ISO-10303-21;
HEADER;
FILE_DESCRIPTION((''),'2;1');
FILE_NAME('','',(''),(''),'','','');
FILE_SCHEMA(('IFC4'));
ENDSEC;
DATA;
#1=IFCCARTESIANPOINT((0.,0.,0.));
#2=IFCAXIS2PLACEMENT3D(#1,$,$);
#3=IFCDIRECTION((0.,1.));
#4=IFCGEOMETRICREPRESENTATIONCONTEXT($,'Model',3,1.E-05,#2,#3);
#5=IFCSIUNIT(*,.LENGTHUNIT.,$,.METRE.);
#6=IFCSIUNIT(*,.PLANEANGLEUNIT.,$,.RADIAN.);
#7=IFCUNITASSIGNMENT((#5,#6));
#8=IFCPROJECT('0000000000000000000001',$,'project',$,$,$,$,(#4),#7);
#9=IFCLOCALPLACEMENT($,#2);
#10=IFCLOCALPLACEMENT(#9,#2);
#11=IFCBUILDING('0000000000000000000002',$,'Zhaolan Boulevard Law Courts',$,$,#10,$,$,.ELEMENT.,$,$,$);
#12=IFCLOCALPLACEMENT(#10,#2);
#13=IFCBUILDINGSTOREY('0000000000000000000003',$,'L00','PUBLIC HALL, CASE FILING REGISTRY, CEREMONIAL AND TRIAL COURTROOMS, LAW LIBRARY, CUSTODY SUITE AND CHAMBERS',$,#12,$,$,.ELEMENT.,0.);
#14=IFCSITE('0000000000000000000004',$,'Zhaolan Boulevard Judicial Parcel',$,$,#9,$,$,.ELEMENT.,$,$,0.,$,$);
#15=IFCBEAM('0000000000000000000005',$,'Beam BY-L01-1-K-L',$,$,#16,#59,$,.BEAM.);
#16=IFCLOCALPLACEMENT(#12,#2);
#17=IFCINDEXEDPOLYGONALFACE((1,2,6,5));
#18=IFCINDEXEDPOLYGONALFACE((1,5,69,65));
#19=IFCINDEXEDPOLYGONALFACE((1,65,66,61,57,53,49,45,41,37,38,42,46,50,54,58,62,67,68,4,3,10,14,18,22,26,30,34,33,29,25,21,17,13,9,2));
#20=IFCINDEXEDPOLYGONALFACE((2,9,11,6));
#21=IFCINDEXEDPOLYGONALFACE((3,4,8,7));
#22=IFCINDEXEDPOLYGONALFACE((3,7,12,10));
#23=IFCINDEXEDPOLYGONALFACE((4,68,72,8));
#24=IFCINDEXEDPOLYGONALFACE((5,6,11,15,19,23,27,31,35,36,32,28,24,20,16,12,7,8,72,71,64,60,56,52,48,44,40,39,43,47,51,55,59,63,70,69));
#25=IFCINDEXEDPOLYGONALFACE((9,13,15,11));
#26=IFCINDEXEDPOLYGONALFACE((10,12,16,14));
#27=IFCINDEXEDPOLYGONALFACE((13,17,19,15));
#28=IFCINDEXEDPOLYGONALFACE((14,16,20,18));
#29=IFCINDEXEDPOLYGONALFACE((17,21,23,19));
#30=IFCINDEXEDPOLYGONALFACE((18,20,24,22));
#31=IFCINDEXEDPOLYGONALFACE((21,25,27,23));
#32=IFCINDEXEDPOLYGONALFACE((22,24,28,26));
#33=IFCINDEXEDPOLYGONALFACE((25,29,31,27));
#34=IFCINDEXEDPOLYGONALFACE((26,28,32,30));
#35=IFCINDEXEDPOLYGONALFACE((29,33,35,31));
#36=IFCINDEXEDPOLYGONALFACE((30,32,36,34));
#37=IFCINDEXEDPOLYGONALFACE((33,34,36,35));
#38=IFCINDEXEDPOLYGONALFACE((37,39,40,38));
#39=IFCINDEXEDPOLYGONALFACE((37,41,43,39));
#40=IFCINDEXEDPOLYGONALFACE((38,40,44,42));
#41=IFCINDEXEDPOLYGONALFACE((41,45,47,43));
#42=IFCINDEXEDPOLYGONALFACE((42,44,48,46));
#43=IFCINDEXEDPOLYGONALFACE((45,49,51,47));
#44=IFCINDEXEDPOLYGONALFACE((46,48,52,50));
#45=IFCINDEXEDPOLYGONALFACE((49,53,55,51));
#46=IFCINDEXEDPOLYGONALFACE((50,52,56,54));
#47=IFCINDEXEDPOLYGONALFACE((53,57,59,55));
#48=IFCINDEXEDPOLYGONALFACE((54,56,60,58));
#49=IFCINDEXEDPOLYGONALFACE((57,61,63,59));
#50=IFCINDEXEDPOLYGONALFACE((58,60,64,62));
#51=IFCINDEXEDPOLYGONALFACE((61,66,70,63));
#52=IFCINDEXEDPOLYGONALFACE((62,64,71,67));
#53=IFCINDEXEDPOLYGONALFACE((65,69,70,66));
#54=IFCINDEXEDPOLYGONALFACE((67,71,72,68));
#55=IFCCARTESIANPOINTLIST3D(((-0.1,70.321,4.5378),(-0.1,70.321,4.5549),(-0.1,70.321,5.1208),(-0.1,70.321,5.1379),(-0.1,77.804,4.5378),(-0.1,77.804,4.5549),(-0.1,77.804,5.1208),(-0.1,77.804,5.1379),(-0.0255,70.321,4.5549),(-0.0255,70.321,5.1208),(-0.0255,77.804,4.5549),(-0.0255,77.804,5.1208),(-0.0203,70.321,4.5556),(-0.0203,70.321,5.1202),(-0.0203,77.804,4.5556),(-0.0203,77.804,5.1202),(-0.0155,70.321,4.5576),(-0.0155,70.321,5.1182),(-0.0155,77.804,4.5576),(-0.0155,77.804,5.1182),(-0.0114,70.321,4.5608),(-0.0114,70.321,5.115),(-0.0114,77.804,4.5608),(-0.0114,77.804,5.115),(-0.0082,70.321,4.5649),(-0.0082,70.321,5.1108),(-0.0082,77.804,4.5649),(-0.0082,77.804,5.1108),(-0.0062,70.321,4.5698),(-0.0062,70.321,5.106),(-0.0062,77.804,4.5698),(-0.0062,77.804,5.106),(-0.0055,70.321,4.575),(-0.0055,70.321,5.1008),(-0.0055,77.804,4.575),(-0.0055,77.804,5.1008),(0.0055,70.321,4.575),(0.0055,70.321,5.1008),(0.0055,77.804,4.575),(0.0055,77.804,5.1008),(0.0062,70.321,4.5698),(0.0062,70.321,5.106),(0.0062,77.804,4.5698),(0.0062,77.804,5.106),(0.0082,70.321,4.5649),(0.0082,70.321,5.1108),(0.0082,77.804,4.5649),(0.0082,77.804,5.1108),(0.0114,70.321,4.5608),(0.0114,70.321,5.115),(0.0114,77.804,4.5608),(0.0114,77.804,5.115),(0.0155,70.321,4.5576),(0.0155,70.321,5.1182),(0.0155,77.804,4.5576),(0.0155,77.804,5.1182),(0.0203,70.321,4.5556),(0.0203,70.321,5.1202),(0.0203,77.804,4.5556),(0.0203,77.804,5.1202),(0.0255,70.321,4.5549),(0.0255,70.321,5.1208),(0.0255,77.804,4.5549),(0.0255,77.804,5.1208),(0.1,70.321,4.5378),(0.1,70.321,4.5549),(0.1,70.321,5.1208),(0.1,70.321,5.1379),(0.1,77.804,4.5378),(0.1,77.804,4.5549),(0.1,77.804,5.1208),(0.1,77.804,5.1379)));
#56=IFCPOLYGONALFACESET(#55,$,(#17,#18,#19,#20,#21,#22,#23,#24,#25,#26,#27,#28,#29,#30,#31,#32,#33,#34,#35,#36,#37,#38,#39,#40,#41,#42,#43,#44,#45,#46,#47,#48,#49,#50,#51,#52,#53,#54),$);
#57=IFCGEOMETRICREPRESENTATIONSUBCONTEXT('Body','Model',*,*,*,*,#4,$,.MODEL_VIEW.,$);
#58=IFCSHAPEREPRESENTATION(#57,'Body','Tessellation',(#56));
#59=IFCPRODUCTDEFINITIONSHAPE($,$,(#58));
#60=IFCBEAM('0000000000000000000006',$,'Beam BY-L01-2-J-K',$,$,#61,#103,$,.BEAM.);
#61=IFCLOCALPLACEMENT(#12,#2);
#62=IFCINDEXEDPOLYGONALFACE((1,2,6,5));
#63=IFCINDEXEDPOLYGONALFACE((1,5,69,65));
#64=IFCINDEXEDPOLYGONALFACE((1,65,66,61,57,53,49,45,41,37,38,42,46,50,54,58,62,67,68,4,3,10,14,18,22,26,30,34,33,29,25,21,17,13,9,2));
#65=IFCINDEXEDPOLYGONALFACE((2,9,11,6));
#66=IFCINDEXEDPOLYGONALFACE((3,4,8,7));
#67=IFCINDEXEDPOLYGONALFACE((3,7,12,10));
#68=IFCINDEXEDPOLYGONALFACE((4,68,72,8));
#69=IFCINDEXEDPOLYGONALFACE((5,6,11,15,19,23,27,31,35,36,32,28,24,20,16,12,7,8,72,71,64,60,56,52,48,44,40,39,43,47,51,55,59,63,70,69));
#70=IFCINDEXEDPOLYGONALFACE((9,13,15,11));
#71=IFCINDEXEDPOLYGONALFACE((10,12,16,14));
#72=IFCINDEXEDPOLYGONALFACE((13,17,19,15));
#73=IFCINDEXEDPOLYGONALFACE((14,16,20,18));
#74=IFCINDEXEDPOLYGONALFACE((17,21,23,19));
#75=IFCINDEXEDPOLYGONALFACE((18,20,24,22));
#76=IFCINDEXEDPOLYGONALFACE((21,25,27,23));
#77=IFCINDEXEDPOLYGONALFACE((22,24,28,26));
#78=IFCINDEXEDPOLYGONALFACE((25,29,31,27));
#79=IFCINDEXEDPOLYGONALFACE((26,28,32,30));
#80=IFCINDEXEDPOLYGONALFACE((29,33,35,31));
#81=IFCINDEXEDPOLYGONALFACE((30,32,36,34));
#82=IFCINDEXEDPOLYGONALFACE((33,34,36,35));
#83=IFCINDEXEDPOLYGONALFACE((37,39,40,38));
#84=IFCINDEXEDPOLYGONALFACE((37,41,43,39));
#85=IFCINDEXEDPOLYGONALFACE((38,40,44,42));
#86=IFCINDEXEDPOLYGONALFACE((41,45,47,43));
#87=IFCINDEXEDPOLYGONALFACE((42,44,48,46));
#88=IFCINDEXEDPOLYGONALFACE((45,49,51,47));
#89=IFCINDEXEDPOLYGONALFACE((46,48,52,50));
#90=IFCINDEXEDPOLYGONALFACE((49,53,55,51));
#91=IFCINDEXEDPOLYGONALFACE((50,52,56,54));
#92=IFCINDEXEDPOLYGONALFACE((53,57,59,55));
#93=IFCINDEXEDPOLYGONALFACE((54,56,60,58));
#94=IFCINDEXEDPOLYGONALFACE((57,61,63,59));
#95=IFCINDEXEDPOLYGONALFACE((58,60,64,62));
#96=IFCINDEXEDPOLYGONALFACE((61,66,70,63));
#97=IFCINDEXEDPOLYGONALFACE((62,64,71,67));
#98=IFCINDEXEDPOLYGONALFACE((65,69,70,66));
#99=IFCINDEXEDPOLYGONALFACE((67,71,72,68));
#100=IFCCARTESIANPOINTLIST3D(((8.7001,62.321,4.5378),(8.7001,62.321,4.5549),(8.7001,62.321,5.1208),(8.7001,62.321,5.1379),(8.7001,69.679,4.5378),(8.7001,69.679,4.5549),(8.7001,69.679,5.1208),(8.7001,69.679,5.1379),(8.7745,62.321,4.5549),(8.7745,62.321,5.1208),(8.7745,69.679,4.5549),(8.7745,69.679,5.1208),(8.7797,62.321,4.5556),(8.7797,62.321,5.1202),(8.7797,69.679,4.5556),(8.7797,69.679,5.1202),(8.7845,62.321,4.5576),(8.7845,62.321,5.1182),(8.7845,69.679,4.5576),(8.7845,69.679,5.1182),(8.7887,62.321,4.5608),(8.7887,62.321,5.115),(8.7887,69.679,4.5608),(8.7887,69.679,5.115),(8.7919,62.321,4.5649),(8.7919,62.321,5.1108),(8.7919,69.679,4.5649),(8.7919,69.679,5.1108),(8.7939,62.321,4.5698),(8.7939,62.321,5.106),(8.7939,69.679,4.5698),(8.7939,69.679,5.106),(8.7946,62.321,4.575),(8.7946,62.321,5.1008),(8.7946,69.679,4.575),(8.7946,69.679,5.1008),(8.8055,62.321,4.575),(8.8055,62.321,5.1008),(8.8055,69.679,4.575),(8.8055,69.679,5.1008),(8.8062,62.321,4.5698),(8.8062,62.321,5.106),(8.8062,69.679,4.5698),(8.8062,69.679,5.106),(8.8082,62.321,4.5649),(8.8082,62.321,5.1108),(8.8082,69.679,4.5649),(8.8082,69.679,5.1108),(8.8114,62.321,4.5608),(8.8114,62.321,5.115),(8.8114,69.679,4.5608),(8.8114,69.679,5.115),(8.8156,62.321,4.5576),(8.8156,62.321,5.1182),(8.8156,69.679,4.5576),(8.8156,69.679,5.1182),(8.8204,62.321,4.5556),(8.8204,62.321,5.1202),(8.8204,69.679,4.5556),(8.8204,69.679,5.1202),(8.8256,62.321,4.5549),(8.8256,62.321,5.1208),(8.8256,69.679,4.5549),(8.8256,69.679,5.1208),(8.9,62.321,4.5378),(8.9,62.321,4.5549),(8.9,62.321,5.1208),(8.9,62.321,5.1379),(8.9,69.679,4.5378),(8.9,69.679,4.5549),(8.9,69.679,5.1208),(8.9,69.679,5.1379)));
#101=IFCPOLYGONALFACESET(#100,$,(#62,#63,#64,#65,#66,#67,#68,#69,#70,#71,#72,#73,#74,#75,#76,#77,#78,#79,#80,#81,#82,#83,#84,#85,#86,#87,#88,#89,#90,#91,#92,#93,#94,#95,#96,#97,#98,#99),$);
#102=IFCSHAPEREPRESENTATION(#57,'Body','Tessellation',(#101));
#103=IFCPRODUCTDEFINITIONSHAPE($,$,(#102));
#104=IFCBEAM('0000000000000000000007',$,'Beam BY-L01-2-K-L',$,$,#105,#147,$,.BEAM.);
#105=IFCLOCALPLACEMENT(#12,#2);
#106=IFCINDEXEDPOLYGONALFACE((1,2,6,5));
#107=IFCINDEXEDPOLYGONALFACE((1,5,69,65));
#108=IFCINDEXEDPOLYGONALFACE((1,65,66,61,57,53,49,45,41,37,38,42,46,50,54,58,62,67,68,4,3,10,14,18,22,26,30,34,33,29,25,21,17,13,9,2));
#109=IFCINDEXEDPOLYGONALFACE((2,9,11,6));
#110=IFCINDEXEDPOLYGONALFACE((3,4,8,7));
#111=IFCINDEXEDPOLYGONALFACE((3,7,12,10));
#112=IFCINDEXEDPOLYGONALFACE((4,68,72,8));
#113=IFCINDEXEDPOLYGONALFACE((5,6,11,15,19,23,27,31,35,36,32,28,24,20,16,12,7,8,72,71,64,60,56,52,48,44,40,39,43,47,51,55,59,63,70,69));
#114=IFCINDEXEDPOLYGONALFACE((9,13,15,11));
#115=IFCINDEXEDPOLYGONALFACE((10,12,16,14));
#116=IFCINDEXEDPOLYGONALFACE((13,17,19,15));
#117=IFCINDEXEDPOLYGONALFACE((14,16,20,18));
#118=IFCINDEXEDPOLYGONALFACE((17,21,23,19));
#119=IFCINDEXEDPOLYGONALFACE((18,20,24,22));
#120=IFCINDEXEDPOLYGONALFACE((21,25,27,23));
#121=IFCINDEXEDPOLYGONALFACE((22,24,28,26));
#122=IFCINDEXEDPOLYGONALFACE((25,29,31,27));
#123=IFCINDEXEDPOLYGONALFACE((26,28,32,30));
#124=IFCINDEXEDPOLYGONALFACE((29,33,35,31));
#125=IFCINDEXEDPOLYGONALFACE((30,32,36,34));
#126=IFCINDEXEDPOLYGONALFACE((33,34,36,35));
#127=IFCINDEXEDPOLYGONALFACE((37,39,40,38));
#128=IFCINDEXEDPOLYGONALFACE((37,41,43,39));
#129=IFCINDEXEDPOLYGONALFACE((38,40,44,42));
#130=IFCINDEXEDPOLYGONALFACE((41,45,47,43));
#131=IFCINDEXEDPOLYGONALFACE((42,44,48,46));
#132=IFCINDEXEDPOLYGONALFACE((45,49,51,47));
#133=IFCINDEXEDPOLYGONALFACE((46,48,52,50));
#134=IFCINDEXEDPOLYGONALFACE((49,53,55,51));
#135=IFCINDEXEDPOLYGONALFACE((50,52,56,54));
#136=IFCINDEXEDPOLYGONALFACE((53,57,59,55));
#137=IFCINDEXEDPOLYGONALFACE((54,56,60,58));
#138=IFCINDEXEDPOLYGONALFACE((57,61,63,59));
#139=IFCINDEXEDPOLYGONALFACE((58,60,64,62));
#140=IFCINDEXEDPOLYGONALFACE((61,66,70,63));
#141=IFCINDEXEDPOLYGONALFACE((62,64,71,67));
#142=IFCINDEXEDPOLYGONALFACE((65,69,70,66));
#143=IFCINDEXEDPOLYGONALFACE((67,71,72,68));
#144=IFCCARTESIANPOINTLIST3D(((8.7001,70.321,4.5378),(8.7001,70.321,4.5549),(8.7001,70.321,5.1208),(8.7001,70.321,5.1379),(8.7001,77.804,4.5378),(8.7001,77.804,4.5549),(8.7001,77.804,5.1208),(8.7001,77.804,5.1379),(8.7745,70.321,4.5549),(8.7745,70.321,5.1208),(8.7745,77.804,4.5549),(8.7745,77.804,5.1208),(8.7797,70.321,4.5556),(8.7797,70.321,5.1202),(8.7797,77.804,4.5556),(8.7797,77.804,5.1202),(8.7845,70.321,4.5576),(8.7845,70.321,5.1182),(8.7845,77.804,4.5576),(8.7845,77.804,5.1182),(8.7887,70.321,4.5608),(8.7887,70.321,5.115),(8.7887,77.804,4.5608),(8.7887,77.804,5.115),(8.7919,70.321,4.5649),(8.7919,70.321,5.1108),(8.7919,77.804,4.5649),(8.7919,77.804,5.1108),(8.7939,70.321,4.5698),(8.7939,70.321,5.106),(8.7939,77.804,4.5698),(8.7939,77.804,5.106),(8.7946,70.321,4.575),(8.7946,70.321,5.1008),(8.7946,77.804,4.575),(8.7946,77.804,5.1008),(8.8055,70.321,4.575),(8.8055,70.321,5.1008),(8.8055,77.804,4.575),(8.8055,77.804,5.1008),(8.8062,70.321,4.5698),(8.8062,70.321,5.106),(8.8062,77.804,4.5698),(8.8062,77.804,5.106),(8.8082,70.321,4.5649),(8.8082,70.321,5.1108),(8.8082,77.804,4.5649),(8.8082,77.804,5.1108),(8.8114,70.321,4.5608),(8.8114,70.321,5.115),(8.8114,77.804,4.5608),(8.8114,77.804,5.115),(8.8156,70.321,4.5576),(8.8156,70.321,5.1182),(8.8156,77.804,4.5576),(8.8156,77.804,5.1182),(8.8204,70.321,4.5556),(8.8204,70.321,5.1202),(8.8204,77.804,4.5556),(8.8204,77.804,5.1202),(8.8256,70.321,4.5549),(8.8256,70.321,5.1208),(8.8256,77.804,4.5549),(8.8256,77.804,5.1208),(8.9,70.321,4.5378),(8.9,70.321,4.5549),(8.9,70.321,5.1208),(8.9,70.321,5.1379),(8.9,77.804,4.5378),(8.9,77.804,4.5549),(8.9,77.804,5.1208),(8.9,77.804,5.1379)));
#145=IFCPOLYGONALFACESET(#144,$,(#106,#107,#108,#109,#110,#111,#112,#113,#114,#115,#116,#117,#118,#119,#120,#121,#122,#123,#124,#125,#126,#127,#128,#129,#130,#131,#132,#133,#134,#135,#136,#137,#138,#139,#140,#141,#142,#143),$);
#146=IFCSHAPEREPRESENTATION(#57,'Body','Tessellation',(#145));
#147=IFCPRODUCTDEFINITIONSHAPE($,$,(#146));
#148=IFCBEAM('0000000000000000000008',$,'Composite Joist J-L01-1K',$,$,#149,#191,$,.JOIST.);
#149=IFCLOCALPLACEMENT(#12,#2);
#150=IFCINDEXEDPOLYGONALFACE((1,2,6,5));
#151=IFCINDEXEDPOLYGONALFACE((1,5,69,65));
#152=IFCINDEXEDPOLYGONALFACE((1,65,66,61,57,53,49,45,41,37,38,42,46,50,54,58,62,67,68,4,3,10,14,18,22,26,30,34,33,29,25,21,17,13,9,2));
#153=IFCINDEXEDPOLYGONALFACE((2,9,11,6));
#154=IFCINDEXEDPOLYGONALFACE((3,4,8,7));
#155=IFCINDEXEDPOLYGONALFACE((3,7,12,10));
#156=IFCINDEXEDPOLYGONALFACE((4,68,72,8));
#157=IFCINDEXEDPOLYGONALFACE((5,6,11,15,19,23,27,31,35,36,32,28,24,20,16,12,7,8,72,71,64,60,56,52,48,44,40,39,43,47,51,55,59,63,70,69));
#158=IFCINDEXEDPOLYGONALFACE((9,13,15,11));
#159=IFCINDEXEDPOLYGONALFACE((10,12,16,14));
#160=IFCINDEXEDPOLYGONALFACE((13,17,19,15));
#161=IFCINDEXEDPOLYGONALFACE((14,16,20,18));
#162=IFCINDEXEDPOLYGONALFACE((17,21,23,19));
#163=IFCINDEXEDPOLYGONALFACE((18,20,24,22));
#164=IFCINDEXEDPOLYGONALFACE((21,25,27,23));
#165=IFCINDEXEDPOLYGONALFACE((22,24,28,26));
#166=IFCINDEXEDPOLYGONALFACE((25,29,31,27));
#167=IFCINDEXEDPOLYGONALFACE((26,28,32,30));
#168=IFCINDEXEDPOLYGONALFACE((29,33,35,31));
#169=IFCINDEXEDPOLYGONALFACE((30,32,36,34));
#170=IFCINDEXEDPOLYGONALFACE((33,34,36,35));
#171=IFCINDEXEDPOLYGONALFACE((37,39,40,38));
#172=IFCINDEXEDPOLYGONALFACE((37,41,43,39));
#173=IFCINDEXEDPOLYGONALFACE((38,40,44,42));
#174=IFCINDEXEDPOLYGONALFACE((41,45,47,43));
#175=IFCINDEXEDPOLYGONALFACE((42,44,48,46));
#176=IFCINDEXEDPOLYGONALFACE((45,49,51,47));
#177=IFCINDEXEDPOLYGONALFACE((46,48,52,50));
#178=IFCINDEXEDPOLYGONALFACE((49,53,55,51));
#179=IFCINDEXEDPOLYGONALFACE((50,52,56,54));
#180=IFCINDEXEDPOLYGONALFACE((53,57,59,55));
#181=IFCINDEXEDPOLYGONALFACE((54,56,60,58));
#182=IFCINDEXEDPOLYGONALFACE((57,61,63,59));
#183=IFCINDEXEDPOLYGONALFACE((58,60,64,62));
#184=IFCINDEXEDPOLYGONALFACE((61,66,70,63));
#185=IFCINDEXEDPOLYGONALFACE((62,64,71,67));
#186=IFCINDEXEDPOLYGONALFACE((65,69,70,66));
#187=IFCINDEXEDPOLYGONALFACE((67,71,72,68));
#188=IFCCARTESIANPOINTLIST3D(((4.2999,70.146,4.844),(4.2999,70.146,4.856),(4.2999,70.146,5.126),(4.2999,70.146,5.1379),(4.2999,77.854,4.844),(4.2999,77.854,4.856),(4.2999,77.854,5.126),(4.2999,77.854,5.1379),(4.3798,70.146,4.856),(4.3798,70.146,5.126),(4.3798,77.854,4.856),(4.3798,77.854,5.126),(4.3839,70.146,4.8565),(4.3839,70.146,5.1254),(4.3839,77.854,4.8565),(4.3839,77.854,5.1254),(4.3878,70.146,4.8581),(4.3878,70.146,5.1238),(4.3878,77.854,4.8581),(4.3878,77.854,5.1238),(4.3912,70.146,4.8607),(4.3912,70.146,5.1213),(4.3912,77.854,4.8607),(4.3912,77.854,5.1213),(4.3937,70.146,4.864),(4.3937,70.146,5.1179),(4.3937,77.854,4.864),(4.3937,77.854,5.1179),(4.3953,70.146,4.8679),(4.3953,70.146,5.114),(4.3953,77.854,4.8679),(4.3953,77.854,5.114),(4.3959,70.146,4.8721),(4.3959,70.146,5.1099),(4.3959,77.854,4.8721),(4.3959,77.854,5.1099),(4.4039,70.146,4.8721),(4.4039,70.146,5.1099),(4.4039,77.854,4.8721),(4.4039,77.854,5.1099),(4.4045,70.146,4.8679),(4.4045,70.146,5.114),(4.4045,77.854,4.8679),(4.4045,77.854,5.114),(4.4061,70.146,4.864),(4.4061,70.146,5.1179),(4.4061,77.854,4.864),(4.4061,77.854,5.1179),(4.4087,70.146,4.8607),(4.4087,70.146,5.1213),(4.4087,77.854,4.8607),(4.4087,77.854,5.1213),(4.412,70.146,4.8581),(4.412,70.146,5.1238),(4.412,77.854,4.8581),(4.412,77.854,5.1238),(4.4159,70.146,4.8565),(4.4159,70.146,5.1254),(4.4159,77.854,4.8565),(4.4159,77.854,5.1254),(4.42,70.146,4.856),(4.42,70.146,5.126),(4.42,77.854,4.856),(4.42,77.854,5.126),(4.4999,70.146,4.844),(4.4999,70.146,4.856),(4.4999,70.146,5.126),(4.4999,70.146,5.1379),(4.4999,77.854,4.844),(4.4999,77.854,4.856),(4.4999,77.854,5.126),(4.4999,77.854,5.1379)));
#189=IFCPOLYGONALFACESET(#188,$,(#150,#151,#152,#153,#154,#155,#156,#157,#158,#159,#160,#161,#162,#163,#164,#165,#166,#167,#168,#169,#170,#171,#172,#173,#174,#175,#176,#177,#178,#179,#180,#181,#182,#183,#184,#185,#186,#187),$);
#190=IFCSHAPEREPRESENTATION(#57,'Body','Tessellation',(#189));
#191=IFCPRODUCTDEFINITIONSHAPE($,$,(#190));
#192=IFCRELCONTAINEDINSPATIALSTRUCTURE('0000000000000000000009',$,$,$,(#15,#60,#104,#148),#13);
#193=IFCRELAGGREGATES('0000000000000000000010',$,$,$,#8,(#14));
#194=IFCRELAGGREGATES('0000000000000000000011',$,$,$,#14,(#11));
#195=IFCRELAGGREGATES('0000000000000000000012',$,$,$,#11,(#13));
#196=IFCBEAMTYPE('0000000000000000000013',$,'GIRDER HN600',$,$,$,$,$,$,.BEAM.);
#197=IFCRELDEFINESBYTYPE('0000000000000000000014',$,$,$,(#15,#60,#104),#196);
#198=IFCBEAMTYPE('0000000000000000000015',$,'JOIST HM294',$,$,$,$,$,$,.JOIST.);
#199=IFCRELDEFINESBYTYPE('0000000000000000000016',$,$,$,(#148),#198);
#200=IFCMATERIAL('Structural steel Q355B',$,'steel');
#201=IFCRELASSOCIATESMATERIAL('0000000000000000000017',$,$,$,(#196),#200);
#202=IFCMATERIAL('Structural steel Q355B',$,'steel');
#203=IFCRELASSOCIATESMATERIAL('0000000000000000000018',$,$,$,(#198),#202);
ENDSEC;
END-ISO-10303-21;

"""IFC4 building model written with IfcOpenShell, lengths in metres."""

from ifc_helpers import new_model, si_unit, direction, frame, origin, origin_2d, place, context, subcontext, project, spatial, i_section, extrude, material, material_profile, profile_set, type_object, element, save


model = new_model("IFC4")

# Units and contexts
model_context = context("Model", 3, precision=1e-05, world=origin(), true_north=direction((0.0, 1.0)))
body_context = subcontext(model_context, "Body", "Model", "MODEL_VIEW")
ifc_project = project(units=[si_unit("LENGTHUNIT", "METRE"), si_unit("PLANEANGLEUNIT", "RADIAN")], contexts=[model_context])

# Site, building, storey
site_placement = place(None, origin())
site = spatial("IfcSite", under=ifc_project, at=site_placement, Name="Zhaolan Boulevard Judicial Parcel", CompositionType="ELEMENT", RefElevation=0.0)
building_placement = place(site_placement, origin())
building = spatial("IfcBuilding", under=site, at=building_placement, Name="Zhaolan Boulevard Law Courts", CompositionType="ELEMENT")
storey_placement = place(building_placement, origin())
storey = spatial("IfcBuildingStorey", under=building, at=storey_placement, Name="L00", Description="PUBLIC HALL, CASE FILING REGISTRY, CEREMONIAL AND TRIAL COURTROOMS, LAW LIBRARY, CUSTODY SUITE AND CHAMBERS", CompositionType="ELEMENT", Elevation=0.0)

# Beams
ifc_material_1 = material(Name="Structural steel Q355B", Category="steel")
ifc_material_profile_1 = material_profile(ifc_material_1, i_section(OverallWidth=0.2, OverallDepth=0.6001, WebThickness=0.011, FlangeThickness=0.0171, FilletRadius=0.02, at=origin_2d()), Name="HN600x200")
ifc_profile_set_1 = profile_set([ifc_material_profile_1], Name="Structural steel Q355B")
beam_type_1 = type_object("IfcBeamType", Name="GIRDER HN600", PredefinedType="BEAM", material=ifc_profile_set_1)
beam_1_placement = place(storey_placement, frame((0.0, 70.321, 4.8379), z_axis=(0.0, 1.0, 0.0), x_axis=(-1.0, 0.0, 0.0)))
element("IfcBeam", 1, at=beam_1_placement, inside=storey, type_object=beam_type_1, Name="Beam BY-L01-1-K-L", PredefinedType="BEAM", context=body_context, shape_type="SweptSolid", body=[
    extrude(i_section(OverallWidth=0.2, OverallDepth=0.6001, WebThickness=0.011, FlangeThickness=0.0171, FilletRadius=0.02, at=origin_2d()), origin(), (0.0, 0.0, 1.0), 7.4829),
])
beam_2_placement = place(storey_placement, frame((8.8, 62.321, 4.8379), z_axis=(0.0, 1.0, 0.0), x_axis=(-1.0, 0.0, 0.0)))
element("IfcBeam", 2, at=beam_2_placement, inside=storey, type_object=beam_type_1, Name="Beam BY-L01-2-J-K", PredefinedType="BEAM", context=body_context, shape_type="SweptSolid", body=[
    extrude(i_section(OverallWidth=0.2, OverallDepth=0.6001, WebThickness=0.011, FlangeThickness=0.0171, FilletRadius=0.02, at=origin_2d()), origin(), (0.0, 0.0, 1.0), 7.3579),
])
beam_3_placement = place(storey_placement, frame((8.8, 70.321, 4.8379), z_axis=(0.0, 1.0, 0.0), x_axis=(-1.0, 0.0, 0.0)))
element("IfcBeam", 3, at=beam_3_placement, inside=storey, type_object=beam_type_1, Name="Beam BY-L01-2-K-L", PredefinedType="BEAM", context=body_context, shape_type="SweptSolid", body=[
    extrude(i_section(OverallWidth=0.2, OverallDepth=0.6001, WebThickness=0.011, FlangeThickness=0.0171, FilletRadius=0.02, at=origin_2d()), origin(), (0.0, 0.0, 1.0), 7.4829),
])
ifc_material_2 = material(Name="Structural steel Q355B", Category="steel")
ifc_material_profile_2 = material_profile(ifc_material_2, i_section(OverallWidth=0.2, OverallDepth=0.2939, WebThickness=0.0081, FlangeThickness=0.012, FilletRadius=0.0161, at=origin_2d()), Name="HM294x200")
ifc_profile_set_2 = profile_set([ifc_material_profile_2], Name="Structural steel Q355B")
beam_type_2 = type_object("IfcBeamType", Name="JOIST HM294", PredefinedType="JOIST", material=ifc_profile_set_2)
beam_4_placement = place(storey_placement, frame((4.3999, 70.146, 4.991), z_axis=(0.0, 1.0, 0.0), x_axis=(-1.0, 0.0, 0.0)))
element("IfcBeam", 4, at=beam_4_placement, inside=storey, type_object=beam_type_2, Name="Composite Joist J-L01-1K", PredefinedType="JOIST", context=body_context, shape_type="SweptSolid", body=[
    extrude(i_section(OverallWidth=0.2, OverallDepth=0.2939, WebThickness=0.0081, FlangeThickness=0.012, FilletRadius=0.0161, at=origin_2d()), origin(), (0.0, 0.0, 1.0), 7.708),
])

save(model, "model.ifc")
